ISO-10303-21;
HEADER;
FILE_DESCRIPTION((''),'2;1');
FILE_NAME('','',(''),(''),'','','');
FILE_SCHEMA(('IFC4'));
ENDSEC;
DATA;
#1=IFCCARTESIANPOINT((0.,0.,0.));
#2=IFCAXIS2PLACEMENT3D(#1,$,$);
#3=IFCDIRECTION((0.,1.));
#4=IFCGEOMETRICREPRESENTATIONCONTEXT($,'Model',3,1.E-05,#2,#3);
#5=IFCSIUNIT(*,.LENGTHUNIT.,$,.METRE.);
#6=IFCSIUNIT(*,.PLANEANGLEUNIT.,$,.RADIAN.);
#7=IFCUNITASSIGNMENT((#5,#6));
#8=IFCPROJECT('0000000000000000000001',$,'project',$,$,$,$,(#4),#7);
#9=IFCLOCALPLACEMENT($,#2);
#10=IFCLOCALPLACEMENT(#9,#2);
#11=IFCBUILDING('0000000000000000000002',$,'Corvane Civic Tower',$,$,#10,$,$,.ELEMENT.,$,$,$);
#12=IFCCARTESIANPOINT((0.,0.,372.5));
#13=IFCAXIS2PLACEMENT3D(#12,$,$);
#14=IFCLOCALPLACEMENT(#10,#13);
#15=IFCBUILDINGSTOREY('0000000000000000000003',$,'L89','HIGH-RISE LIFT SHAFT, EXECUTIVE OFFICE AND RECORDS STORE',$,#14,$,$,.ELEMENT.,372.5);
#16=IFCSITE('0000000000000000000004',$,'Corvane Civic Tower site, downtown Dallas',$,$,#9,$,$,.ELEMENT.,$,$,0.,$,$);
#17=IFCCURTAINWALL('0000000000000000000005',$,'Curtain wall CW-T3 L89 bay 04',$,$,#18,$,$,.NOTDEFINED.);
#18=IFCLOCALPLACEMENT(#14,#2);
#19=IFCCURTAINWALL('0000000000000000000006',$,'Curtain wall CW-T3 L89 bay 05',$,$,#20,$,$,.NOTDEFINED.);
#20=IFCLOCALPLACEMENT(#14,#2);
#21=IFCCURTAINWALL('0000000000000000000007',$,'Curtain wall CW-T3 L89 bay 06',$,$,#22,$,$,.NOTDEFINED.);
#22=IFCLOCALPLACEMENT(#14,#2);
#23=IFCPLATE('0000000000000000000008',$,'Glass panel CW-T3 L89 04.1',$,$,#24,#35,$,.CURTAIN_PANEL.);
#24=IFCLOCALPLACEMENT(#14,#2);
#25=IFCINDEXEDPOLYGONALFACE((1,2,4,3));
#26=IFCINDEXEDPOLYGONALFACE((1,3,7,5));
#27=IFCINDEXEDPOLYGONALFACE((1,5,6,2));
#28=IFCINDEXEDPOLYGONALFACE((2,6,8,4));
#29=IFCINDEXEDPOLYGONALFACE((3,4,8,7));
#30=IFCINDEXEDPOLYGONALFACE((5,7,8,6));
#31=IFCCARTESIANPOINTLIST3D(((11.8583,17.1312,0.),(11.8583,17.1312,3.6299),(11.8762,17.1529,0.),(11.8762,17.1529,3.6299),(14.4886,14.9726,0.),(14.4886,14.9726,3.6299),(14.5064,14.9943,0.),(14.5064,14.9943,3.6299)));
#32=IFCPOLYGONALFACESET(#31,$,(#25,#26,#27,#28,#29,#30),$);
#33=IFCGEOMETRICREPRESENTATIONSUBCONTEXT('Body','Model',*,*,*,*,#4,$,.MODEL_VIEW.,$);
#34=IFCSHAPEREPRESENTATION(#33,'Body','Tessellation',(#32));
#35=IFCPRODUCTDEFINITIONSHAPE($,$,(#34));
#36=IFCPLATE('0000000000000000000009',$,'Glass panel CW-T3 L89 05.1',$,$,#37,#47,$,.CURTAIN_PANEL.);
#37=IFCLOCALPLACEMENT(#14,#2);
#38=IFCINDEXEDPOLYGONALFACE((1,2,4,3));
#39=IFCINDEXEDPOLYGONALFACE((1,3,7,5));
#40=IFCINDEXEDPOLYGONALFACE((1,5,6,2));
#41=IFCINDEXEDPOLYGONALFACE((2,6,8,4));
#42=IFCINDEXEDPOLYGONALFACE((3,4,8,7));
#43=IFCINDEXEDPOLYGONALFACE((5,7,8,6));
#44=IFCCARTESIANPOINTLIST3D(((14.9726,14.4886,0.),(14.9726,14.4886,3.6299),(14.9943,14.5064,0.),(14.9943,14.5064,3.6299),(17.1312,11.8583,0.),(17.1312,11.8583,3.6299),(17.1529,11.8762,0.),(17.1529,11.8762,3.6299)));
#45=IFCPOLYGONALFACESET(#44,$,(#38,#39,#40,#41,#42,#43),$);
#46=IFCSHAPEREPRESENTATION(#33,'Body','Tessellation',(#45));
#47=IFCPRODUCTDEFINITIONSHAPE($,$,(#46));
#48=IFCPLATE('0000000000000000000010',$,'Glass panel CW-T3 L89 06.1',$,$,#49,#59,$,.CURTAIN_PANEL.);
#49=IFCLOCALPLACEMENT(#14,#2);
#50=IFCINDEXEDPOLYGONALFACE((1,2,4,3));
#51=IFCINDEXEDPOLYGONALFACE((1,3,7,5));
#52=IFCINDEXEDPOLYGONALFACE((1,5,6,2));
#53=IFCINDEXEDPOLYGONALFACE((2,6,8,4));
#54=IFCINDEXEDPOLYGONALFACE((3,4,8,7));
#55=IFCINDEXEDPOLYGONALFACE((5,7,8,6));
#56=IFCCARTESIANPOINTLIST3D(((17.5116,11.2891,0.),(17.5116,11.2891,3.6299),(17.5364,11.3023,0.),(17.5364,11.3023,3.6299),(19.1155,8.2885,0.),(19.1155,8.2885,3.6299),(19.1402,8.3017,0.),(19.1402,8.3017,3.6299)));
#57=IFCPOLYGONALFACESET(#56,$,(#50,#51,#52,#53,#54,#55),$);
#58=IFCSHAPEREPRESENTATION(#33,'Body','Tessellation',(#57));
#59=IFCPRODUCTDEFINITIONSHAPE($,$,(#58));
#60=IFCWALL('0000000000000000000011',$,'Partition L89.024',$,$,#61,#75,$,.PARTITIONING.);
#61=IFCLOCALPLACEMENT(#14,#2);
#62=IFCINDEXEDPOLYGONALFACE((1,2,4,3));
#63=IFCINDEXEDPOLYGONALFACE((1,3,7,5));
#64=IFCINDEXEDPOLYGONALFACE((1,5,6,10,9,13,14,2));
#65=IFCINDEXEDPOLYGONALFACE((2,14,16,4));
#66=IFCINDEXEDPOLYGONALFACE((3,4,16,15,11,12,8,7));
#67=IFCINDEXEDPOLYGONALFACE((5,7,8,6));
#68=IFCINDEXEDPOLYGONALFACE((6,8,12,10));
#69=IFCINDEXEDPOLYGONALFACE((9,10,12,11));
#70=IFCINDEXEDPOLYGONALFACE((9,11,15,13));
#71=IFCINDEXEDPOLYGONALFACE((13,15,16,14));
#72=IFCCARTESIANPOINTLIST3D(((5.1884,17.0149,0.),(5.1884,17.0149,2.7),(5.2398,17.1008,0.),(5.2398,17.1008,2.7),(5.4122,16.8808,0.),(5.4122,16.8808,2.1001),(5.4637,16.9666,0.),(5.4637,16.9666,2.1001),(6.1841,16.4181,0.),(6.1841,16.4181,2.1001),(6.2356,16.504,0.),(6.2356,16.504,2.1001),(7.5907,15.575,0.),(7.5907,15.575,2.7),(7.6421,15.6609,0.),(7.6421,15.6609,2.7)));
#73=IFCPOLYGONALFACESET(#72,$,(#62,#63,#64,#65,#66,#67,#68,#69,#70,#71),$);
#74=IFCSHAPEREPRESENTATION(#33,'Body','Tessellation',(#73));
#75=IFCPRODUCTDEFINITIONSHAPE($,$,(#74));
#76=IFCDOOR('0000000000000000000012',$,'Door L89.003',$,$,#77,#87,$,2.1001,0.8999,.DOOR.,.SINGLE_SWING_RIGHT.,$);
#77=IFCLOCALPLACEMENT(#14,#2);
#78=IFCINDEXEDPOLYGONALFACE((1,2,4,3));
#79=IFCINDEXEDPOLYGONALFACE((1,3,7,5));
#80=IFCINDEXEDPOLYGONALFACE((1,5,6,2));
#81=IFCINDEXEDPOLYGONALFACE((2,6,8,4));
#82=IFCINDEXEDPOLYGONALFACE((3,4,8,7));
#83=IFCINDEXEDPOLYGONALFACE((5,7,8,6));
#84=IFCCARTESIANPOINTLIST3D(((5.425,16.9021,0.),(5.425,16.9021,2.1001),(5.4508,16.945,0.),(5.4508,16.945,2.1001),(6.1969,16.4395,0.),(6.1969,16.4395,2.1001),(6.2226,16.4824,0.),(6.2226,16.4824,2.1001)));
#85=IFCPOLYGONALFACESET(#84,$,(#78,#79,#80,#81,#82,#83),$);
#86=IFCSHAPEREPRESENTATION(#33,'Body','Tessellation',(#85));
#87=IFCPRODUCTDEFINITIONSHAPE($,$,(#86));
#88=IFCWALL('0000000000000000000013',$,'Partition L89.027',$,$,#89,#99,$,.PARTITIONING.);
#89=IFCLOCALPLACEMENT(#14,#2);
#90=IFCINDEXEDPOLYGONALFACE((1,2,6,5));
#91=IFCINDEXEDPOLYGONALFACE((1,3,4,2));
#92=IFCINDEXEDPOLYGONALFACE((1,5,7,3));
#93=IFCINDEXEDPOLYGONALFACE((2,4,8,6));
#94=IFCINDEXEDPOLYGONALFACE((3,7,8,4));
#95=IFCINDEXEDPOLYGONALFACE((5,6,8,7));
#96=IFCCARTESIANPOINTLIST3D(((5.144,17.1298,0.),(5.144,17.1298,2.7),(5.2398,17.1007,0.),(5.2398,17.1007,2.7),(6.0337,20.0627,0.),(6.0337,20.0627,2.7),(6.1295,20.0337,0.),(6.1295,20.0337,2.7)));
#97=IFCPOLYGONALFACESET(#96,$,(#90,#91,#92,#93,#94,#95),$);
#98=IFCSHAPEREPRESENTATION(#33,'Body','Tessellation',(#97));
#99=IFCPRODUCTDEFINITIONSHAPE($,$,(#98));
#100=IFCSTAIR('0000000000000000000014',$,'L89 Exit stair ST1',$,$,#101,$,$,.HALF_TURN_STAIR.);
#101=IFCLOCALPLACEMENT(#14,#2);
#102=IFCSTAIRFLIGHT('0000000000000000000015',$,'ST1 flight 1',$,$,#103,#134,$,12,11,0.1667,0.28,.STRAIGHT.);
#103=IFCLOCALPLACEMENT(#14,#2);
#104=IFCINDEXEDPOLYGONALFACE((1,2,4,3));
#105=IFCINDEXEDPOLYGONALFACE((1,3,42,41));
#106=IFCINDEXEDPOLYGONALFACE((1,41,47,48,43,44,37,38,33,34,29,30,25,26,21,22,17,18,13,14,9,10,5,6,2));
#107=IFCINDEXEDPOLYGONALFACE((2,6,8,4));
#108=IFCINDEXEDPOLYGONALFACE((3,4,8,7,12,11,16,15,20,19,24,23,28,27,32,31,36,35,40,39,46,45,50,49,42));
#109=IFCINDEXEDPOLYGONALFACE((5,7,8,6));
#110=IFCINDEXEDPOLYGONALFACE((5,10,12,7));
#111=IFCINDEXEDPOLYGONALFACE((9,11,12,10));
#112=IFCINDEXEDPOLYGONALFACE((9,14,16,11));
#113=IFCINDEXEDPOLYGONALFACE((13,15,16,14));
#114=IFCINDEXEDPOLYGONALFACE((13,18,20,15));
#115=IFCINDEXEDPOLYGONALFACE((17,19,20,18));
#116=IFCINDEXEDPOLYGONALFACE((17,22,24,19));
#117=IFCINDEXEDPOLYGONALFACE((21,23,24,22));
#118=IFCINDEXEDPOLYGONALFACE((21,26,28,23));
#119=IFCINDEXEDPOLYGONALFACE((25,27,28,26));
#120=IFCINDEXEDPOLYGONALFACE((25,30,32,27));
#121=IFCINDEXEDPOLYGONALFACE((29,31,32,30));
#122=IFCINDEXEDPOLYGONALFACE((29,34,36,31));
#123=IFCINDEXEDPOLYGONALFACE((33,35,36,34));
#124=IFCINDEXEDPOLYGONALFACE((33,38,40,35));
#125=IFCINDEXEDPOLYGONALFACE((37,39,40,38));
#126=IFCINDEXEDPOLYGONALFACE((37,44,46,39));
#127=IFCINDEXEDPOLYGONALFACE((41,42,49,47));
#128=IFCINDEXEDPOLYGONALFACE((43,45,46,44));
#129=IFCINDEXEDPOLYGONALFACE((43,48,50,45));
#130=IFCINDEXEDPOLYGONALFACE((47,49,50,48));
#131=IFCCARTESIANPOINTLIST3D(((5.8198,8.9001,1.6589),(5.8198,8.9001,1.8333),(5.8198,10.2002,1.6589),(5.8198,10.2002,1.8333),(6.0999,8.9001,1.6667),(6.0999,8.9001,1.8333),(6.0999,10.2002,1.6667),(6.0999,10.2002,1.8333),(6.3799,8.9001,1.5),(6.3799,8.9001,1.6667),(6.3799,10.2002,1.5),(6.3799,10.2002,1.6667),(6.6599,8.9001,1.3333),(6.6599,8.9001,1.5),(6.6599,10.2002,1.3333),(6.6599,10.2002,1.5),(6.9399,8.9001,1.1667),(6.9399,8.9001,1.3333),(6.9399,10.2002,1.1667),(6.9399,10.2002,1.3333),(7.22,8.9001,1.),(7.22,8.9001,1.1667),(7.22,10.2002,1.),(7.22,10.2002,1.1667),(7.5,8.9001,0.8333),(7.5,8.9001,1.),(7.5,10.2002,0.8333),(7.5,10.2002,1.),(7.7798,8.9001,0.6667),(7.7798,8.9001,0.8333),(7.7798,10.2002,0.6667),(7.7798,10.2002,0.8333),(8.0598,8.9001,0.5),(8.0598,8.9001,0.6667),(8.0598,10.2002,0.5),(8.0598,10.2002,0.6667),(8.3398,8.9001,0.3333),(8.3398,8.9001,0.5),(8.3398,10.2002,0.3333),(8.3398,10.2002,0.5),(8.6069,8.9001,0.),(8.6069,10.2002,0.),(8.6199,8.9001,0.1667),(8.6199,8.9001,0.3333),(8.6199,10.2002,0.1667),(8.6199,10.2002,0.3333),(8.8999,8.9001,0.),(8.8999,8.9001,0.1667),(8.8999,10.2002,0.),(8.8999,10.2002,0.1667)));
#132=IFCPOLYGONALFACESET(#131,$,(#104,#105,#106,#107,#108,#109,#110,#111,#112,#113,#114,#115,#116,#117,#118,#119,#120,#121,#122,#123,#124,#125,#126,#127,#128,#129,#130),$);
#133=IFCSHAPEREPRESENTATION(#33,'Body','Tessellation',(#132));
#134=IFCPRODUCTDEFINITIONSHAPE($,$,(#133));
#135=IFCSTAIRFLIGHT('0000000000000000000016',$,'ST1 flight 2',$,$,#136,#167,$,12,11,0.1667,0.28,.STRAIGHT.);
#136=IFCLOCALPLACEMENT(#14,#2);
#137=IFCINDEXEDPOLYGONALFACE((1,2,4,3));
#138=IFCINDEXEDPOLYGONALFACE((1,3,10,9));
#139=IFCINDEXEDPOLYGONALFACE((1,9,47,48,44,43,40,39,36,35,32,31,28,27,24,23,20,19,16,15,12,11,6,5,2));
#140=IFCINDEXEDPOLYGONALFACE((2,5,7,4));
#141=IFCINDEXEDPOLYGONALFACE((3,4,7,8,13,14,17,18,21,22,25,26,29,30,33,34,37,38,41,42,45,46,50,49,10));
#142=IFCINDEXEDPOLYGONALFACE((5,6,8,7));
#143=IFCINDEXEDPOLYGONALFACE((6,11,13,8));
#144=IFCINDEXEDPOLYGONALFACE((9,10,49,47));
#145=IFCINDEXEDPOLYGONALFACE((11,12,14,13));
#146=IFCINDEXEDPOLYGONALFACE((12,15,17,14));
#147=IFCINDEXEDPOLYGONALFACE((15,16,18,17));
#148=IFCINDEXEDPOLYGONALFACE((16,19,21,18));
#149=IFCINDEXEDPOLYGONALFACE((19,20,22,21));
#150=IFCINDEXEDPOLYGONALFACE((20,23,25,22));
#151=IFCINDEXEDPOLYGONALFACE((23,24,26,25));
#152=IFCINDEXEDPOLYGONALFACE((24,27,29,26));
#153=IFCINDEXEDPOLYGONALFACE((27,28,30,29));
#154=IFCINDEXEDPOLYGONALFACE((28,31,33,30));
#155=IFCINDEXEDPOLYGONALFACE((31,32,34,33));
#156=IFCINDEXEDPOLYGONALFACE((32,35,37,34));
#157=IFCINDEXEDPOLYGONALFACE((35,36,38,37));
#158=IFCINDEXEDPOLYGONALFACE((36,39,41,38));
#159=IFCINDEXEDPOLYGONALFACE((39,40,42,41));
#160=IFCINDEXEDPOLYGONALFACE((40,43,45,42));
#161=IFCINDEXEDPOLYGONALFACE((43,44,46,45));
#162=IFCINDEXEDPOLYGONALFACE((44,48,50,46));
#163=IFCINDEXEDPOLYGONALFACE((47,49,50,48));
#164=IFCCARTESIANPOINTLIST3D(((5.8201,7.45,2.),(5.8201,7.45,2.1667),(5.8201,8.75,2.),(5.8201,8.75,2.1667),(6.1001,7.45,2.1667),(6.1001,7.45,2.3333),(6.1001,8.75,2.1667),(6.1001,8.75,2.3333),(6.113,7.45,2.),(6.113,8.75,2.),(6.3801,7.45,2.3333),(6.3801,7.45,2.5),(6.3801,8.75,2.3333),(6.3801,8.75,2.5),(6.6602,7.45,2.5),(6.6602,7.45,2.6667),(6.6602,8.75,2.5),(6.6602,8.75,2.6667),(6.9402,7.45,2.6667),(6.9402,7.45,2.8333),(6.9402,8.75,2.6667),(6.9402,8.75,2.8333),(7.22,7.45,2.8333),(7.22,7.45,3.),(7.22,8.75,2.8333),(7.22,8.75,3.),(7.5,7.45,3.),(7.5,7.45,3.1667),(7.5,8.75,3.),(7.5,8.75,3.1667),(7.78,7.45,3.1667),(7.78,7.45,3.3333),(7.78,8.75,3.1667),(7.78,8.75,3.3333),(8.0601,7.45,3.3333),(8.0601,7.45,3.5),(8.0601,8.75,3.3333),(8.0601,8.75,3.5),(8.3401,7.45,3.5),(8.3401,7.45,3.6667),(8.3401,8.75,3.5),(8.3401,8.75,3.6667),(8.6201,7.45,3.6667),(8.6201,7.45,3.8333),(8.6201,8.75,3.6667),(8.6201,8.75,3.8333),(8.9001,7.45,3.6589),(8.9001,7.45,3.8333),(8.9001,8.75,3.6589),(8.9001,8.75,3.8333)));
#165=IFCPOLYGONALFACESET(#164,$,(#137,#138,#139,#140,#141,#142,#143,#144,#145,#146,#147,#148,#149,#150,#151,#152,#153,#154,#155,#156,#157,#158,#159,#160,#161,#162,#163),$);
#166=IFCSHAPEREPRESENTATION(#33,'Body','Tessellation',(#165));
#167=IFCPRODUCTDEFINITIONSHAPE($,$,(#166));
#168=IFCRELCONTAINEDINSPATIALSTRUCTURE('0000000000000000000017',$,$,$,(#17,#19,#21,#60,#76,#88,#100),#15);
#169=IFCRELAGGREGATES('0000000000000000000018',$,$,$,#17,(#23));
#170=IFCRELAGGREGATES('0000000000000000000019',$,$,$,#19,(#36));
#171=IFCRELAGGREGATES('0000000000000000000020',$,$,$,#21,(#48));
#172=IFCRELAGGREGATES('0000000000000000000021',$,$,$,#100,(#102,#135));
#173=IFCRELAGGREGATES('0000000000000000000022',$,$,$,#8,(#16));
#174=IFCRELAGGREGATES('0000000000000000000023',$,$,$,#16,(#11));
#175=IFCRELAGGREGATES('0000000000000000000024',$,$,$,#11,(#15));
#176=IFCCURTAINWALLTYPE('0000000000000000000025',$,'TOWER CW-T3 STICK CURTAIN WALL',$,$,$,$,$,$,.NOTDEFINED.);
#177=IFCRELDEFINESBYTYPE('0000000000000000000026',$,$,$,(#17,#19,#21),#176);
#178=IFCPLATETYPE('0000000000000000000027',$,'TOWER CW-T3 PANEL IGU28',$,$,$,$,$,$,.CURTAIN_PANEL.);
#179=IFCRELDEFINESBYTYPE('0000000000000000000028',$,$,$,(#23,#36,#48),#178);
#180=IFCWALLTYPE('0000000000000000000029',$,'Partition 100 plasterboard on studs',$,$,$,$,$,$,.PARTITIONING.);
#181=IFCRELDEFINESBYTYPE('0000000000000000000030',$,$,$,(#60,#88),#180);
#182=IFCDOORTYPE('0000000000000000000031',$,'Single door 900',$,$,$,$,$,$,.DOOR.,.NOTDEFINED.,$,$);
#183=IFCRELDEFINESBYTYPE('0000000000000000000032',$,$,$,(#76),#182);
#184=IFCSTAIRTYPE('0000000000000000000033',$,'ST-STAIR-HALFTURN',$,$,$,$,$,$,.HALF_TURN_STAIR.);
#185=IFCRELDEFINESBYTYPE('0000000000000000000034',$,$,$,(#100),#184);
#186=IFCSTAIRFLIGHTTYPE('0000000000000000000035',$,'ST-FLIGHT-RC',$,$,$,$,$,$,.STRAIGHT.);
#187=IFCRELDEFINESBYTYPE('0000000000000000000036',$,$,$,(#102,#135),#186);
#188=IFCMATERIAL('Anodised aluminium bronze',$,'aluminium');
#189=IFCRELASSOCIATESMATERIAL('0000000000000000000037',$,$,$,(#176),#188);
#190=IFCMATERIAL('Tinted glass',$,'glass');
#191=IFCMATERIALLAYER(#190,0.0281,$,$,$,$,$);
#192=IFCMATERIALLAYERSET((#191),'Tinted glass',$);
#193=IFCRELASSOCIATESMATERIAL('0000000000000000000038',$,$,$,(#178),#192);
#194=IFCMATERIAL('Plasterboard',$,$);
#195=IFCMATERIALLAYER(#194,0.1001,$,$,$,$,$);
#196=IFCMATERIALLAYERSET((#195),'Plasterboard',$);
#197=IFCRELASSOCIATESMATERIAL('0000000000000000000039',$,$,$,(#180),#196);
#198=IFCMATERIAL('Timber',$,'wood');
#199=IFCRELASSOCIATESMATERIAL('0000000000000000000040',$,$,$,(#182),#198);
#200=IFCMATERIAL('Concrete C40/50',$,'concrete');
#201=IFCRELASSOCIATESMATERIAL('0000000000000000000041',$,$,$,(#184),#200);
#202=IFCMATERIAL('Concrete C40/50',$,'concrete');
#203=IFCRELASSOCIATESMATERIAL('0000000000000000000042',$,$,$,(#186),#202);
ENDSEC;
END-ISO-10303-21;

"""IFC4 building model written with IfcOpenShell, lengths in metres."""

from ifc_helpers import new_model, si_unit, direction, frame, frame_2d, origin, origin_2d, place, context, subcontext, project, spatial, polyline, rectangle, outline, extrude, material, layer, layer_set, type_object, element, fill, aggregate, save


model = new_model("IFC4")

# Units and contexts
model_context = context("Model", 3, precision=1e-05, world=origin(), true_north=direction((0.0, 1.0)))
body_context = subcontext(model_context, "Body", "Model", "MODEL_VIEW")
ifc_project = project(units=[si_unit("LENGTHUNIT", "METRE"), si_unit("PLANEANGLEUNIT", "RADIAN")], contexts=[model_context])

# Site, building, storey
site_placement = place(None, origin())
site = spatial("IfcSite", under=ifc_project, at=site_placement, Name="Corvane Civic Tower site, downtown Dallas", CompositionType="ELEMENT", RefElevation=0.0)
building_placement = place(site_placement, origin())
building = spatial("IfcBuilding", under=site, at=building_placement, Name="Corvane Civic Tower", CompositionType="ELEMENT")
storey_placement = place(building_placement, frame((0.0, 0.0, 372.5)))
storey = spatial("IfcBuildingStorey", under=building, at=storey_placement, Name="L89", Description="HIGH-RISE LIFT SHAFT, EXECUTIVE OFFICE AND RECORDS STORE", CompositionType="ELEMENT", Elevation=372.5)

# Curtain walls
ifc_material_1 = material(Name="Anodised aluminium bronze", Category="aluminium")
curtain_wall_type = type_object("IfcCurtainWallType", Name="TOWER CW-T3 STICK CURTAIN WALL", PredefinedType="NOTDEFINED", material=ifc_material_1)
curtain_wall_1_placement = place(storey_placement, origin())
curtain_wall_1 = element("IfcCurtainWall", 1, at=curtain_wall_1_placement, inside=storey, type_object=curtain_wall_type, Name="Curtain wall CW-T3 L89 bay 04", PredefinedType="NOTDEFINED")
curtain_wall_2_placement = place(storey_placement, origin())
curtain_wall_2 = element("IfcCurtainWall", 2, at=curtain_wall_2_placement, inside=storey, type_object=curtain_wall_type, Name="Curtain wall CW-T3 L89 bay 05", PredefinedType="NOTDEFINED")
curtain_wall_3_placement = place(storey_placement, origin())
curtain_wall_3 = element("IfcCurtainWall", 3, at=curtain_wall_3_placement, inside=storey, type_object=curtain_wall_type, Name="Curtain wall CW-T3 L89 bay 06", PredefinedType="NOTDEFINED")

# Plates
ifc_material_2 = material(Name="Tinted glass", Category="glass")
ifc_layer_1 = layer(ifc_material_2, 0.0281)
ifc_layer_set_1 = layer_set([ifc_layer_1], Name="Tinted glass")
plate_type = type_object("IfcPlateType", Name="TOWER CW-T3 PANEL IGU28", PredefinedType="CURTAIN_PANEL", material=ifc_layer_set_1)
plate_1_placement = place(storey_placement, frame((13.1824, 16.0627, 0.0), z_axis=(0.0, 0.0, 1.0), x_axis=(0.77301, -0.634393, 0.0)))
plate_1 = element("IfcPlate", 4, at=plate_1_placement, type_object=plate_type, Name="Glass panel CW-T3 L89 04.1", PredefinedType="CURTAIN_PANEL", context=body_context, shape_type="SweptSolid", body=[
    extrude(rectangle(XDim=3.4026, YDim=0.0281, at=origin_2d()), origin(), (0.0, 0.0, 1.0), 3.6299),
])
aggregate(curtain_wall_1, [plate_1])
plate_2_placement = place(storey_placement, frame((16.0627, 13.1824, 0.0), z_axis=(0.0, 0.0, 1.0), x_axis=(0.634393, -0.77301, 0.0)))
plate_2 = element("IfcPlate", 5, at=plate_2_placement, type_object=plate_type, Name="Glass panel CW-T3 L89 05.1", PredefinedType="CURTAIN_PANEL", context=body_context, shape_type="SweptSolid", body=[
    extrude(rectangle(XDim=3.4026, YDim=0.0281, at=origin_2d()), origin(), (0.0, 0.0, 1.0), 3.6299),
])
aggregate(curtain_wall_2, [plate_2])
plate_3_placement = place(storey_placement, frame((18.3259, 9.7954, 0.0), z_axis=(0.0, 0.0, 1.0), x_axis=(0.471384, -0.881928, 0.0)))
plate_3 = element("IfcPlate", 6, at=plate_3_placement, type_object=plate_type, Name="Glass panel CW-T3 L89 06.1", PredefinedType="CURTAIN_PANEL", context=body_context, shape_type="SweptSolid", body=[
    extrude(rectangle(XDim=3.4023, YDim=0.0281, at=origin_2d()), origin(), (0.0, 0.0, 1.0), 3.6299),
])
aggregate(curtain_wall_3, [plate_3])

# Wall, opening, door
ifc_material_3 = material(Name="Plasterboard")
ifc_layer_2 = layer(ifc_material_3, 0.1001)
ifc_layer_set_2 = layer_set([ifc_layer_2], Name="Plasterboard")
wall_type = type_object("IfcWallType", Name="Partition 100 plasterboard on studs", PredefinedType="PARTITIONING", material=ifc_layer_set_2)
wall_1_placement = place(storey_placement, frame((5.2141, 17.0579, 0.0), z_axis=(0.0, 0.0, 1.0), x_axis=(0.857724, -0.514111, 0.0)))
wall_1 = element("IfcWall", 7, at=wall_1_placement, inside=storey, type_object=wall_type, Name="Partition L89.024", PredefinedType="PARTITIONING", context=body_context, shape_type="SweptSolid", body=[
    extrude(rectangle(XDim=2.8008, YDim=0.1001, at=frame_2d((1.4004, 0.0))), origin(), (0.0, 0.0, 1.0), 2.7),
])
opening_placement = place(wall_1_placement, frame((0.261, 0.0, 0.0)))
opening = element("IfcOpeningElement", 8, at=opening_placement, cuts=wall_1, PredefinedType="OPENING", context=body_context, shape_type="SweptSolid", body=[
    extrude(rectangle(XDim=0.8999, YDim=2.1001, at=frame_2d((0.45, 1.05))), frame((0.0, 0.0601, 0.0), z_axis=(0.0, -1.0, 0.0), x_axis=(1.0, 0.0, 0.0)), (0.0, 0.0, 1.0), 0.1201),
])
ifc_material_4 = material(Name="Timber", Category="wood")
door_type = type_object("IfcDoorType", Name="Single door 900", OperationType="NOTDEFINED", PredefinedType="DOOR", material=ifc_material_4)
door_placement = place(opening_placement, origin())
door = element("IfcDoor", 9, at=door_placement, inside=storey, type_object=door_type, Name="Door L89.003", OperationType="SINGLE_SWING_RIGHT", OverallHeight=2.1001, OverallWidth=0.8999, PredefinedType="DOOR", context=body_context, shape_type="SweptSolid", body=[
    extrude(rectangle(XDim=0.8999, YDim=2.1001, at=frame_2d((0.45, 1.05))), frame((0.0, 0.0249, 0.0), z_axis=(0.0, -1.0, 0.0), x_axis=(1.0, 0.0, 0.0)), (0.0, 0.0, 1.0), 0.05),
])
fill(opening, door)

# Wall
wall_2_placement = place(storey_placement, frame((5.1919, 17.1152, 0.0), z_axis=(0.0, 0.0, 1.0), x_axis=(0.290277, 0.956943, 0.0)))
element("IfcWall", 10, at=wall_2_placement, inside=storey, type_object=wall_type, Name="Partition L89.027", PredefinedType="PARTITIONING", context=body_context, shape_type="SweptSolid", body=[
    extrude(rectangle(XDim=3.0649, YDim=0.1001, at=frame_2d((1.5325, 0.0))), origin(), (0.0, 0.0, 1.0), 2.7),
])

# Stair, stair flights
ifc_material_5 = material(Name="Concrete C40/50", Category="concrete")
stair_type = type_object("IfcStairType", Name="ST-STAIR-HALFTURN", PredefinedType="HALF_TURN_STAIR", material=ifc_material_5)
stair_placement = place(storey_placement, origin())
stair = element("IfcStair", 11, at=stair_placement, inside=storey, type_object=stair_type, Name="L89 Exit stair ST1", PredefinedType="HALF_TURN_STAIR")
ifc_material_6 = material(Name="Concrete C40/50", Category="concrete")
stair_flight_type = type_object("IfcStairFlightType", Name="ST-FLIGHT-RC", PredefinedType="STRAIGHT", material=ifc_material_6)
stair_flight_1_placement = place(storey_placement, frame((8.8999, 9.55, 0.0), z_axis=(0.0, 0.0, 1.0), x_axis=(-1.0, 0.0, 0.0)))
stair_flight_1 = element("IfcStairFlight", 12, at=stair_flight_1_placement, type_object=stair_flight_type, Name="ST1 flight 1", NumberOfRisers=12, NumberOfTreads=11, PredefinedType="STRAIGHT", RiserHeight=0.1667, TreadLength=0.28, context=body_context, shape_type="SweptSolid", body=[
    extrude(outline(polyline([(0.0, 0.0), (0.0, 0.1667), (0.28, 0.1667), (0.28, 0.3333), (0.5601, 0.3333), (0.5601, 0.5), (0.8401, 0.5), (0.8401, 0.6667), (1.1201, 0.6667), (1.1201, 0.8333), (1.3999, 0.8333), (1.3999, 1.0), (1.6799, 1.0), (1.6799, 1.1667), (1.96, 1.1667), (1.96, 1.3333), (2.24, 1.3333), (2.24, 1.5), (2.52, 1.5), (2.52, 1.6667), (2.8, 1.6667), (2.8, 1.8333), (3.0801, 1.8333), (3.0801, 2.0), (3.0801, 1.6589), (0.293, 0.0), (0.0, 0.0)])), frame((0.0, 0.6499, 0.0), z_axis=(0.0, -1.0, 0.0), x_axis=(1.0, 0.0, 0.0)), (0.0, 0.0, 1.0), 1.3),
])
stair_flight_2_placement = place(storey_placement, frame((5.8201, 8.1001, 2.0), z_axis=(0.0, 0.0, 1.0), x_axis=(1.0, 0.0, 0.0)))
stair_flight_2 = element("IfcStairFlight", 13, at=stair_flight_2_placement, type_object=stair_flight_type, Name="ST1 flight 2", NumberOfRisers=12, NumberOfTreads=11, PredefinedType="STRAIGHT", RiserHeight=0.1667, TreadLength=0.28, context=body_context, shape_type="SweptSolid", body=[
    extrude(outline(polyline([(0.0, 0.0), (0.0, 0.1667), (0.28, 0.1667), (0.28, 0.3333), (0.5601, 0.3333), (0.5601, 0.5), (0.8401, 0.5), (0.8401, 0.6667), (1.1201, 0.6667), (1.1201, 0.8333), (1.3999, 0.8333), (1.3999, 1.0), (1.6799, 1.0), (1.6799, 1.1667), (1.96, 1.1667), (1.96, 1.3333), (2.24, 1.3333), (2.24, 1.5), (2.52, 1.5), (2.52, 1.6667), (2.8, 1.6667), (2.8, 1.8333), (3.0801, 1.8333), (3.0801, 2.0), (3.0801, 1.6589), (0.293, 0.0), (0.0, 0.0)])), frame((0.0, 0.6499, 0.0), z_axis=(0.0, -1.0, 0.0), x_axis=(1.0, 0.0, 0.0)), (0.0, 0.0, 1.0), 1.3),
])
aggregate(stair, [stair_flight_1, stair_flight_2])

save(model, "model.ifc")
